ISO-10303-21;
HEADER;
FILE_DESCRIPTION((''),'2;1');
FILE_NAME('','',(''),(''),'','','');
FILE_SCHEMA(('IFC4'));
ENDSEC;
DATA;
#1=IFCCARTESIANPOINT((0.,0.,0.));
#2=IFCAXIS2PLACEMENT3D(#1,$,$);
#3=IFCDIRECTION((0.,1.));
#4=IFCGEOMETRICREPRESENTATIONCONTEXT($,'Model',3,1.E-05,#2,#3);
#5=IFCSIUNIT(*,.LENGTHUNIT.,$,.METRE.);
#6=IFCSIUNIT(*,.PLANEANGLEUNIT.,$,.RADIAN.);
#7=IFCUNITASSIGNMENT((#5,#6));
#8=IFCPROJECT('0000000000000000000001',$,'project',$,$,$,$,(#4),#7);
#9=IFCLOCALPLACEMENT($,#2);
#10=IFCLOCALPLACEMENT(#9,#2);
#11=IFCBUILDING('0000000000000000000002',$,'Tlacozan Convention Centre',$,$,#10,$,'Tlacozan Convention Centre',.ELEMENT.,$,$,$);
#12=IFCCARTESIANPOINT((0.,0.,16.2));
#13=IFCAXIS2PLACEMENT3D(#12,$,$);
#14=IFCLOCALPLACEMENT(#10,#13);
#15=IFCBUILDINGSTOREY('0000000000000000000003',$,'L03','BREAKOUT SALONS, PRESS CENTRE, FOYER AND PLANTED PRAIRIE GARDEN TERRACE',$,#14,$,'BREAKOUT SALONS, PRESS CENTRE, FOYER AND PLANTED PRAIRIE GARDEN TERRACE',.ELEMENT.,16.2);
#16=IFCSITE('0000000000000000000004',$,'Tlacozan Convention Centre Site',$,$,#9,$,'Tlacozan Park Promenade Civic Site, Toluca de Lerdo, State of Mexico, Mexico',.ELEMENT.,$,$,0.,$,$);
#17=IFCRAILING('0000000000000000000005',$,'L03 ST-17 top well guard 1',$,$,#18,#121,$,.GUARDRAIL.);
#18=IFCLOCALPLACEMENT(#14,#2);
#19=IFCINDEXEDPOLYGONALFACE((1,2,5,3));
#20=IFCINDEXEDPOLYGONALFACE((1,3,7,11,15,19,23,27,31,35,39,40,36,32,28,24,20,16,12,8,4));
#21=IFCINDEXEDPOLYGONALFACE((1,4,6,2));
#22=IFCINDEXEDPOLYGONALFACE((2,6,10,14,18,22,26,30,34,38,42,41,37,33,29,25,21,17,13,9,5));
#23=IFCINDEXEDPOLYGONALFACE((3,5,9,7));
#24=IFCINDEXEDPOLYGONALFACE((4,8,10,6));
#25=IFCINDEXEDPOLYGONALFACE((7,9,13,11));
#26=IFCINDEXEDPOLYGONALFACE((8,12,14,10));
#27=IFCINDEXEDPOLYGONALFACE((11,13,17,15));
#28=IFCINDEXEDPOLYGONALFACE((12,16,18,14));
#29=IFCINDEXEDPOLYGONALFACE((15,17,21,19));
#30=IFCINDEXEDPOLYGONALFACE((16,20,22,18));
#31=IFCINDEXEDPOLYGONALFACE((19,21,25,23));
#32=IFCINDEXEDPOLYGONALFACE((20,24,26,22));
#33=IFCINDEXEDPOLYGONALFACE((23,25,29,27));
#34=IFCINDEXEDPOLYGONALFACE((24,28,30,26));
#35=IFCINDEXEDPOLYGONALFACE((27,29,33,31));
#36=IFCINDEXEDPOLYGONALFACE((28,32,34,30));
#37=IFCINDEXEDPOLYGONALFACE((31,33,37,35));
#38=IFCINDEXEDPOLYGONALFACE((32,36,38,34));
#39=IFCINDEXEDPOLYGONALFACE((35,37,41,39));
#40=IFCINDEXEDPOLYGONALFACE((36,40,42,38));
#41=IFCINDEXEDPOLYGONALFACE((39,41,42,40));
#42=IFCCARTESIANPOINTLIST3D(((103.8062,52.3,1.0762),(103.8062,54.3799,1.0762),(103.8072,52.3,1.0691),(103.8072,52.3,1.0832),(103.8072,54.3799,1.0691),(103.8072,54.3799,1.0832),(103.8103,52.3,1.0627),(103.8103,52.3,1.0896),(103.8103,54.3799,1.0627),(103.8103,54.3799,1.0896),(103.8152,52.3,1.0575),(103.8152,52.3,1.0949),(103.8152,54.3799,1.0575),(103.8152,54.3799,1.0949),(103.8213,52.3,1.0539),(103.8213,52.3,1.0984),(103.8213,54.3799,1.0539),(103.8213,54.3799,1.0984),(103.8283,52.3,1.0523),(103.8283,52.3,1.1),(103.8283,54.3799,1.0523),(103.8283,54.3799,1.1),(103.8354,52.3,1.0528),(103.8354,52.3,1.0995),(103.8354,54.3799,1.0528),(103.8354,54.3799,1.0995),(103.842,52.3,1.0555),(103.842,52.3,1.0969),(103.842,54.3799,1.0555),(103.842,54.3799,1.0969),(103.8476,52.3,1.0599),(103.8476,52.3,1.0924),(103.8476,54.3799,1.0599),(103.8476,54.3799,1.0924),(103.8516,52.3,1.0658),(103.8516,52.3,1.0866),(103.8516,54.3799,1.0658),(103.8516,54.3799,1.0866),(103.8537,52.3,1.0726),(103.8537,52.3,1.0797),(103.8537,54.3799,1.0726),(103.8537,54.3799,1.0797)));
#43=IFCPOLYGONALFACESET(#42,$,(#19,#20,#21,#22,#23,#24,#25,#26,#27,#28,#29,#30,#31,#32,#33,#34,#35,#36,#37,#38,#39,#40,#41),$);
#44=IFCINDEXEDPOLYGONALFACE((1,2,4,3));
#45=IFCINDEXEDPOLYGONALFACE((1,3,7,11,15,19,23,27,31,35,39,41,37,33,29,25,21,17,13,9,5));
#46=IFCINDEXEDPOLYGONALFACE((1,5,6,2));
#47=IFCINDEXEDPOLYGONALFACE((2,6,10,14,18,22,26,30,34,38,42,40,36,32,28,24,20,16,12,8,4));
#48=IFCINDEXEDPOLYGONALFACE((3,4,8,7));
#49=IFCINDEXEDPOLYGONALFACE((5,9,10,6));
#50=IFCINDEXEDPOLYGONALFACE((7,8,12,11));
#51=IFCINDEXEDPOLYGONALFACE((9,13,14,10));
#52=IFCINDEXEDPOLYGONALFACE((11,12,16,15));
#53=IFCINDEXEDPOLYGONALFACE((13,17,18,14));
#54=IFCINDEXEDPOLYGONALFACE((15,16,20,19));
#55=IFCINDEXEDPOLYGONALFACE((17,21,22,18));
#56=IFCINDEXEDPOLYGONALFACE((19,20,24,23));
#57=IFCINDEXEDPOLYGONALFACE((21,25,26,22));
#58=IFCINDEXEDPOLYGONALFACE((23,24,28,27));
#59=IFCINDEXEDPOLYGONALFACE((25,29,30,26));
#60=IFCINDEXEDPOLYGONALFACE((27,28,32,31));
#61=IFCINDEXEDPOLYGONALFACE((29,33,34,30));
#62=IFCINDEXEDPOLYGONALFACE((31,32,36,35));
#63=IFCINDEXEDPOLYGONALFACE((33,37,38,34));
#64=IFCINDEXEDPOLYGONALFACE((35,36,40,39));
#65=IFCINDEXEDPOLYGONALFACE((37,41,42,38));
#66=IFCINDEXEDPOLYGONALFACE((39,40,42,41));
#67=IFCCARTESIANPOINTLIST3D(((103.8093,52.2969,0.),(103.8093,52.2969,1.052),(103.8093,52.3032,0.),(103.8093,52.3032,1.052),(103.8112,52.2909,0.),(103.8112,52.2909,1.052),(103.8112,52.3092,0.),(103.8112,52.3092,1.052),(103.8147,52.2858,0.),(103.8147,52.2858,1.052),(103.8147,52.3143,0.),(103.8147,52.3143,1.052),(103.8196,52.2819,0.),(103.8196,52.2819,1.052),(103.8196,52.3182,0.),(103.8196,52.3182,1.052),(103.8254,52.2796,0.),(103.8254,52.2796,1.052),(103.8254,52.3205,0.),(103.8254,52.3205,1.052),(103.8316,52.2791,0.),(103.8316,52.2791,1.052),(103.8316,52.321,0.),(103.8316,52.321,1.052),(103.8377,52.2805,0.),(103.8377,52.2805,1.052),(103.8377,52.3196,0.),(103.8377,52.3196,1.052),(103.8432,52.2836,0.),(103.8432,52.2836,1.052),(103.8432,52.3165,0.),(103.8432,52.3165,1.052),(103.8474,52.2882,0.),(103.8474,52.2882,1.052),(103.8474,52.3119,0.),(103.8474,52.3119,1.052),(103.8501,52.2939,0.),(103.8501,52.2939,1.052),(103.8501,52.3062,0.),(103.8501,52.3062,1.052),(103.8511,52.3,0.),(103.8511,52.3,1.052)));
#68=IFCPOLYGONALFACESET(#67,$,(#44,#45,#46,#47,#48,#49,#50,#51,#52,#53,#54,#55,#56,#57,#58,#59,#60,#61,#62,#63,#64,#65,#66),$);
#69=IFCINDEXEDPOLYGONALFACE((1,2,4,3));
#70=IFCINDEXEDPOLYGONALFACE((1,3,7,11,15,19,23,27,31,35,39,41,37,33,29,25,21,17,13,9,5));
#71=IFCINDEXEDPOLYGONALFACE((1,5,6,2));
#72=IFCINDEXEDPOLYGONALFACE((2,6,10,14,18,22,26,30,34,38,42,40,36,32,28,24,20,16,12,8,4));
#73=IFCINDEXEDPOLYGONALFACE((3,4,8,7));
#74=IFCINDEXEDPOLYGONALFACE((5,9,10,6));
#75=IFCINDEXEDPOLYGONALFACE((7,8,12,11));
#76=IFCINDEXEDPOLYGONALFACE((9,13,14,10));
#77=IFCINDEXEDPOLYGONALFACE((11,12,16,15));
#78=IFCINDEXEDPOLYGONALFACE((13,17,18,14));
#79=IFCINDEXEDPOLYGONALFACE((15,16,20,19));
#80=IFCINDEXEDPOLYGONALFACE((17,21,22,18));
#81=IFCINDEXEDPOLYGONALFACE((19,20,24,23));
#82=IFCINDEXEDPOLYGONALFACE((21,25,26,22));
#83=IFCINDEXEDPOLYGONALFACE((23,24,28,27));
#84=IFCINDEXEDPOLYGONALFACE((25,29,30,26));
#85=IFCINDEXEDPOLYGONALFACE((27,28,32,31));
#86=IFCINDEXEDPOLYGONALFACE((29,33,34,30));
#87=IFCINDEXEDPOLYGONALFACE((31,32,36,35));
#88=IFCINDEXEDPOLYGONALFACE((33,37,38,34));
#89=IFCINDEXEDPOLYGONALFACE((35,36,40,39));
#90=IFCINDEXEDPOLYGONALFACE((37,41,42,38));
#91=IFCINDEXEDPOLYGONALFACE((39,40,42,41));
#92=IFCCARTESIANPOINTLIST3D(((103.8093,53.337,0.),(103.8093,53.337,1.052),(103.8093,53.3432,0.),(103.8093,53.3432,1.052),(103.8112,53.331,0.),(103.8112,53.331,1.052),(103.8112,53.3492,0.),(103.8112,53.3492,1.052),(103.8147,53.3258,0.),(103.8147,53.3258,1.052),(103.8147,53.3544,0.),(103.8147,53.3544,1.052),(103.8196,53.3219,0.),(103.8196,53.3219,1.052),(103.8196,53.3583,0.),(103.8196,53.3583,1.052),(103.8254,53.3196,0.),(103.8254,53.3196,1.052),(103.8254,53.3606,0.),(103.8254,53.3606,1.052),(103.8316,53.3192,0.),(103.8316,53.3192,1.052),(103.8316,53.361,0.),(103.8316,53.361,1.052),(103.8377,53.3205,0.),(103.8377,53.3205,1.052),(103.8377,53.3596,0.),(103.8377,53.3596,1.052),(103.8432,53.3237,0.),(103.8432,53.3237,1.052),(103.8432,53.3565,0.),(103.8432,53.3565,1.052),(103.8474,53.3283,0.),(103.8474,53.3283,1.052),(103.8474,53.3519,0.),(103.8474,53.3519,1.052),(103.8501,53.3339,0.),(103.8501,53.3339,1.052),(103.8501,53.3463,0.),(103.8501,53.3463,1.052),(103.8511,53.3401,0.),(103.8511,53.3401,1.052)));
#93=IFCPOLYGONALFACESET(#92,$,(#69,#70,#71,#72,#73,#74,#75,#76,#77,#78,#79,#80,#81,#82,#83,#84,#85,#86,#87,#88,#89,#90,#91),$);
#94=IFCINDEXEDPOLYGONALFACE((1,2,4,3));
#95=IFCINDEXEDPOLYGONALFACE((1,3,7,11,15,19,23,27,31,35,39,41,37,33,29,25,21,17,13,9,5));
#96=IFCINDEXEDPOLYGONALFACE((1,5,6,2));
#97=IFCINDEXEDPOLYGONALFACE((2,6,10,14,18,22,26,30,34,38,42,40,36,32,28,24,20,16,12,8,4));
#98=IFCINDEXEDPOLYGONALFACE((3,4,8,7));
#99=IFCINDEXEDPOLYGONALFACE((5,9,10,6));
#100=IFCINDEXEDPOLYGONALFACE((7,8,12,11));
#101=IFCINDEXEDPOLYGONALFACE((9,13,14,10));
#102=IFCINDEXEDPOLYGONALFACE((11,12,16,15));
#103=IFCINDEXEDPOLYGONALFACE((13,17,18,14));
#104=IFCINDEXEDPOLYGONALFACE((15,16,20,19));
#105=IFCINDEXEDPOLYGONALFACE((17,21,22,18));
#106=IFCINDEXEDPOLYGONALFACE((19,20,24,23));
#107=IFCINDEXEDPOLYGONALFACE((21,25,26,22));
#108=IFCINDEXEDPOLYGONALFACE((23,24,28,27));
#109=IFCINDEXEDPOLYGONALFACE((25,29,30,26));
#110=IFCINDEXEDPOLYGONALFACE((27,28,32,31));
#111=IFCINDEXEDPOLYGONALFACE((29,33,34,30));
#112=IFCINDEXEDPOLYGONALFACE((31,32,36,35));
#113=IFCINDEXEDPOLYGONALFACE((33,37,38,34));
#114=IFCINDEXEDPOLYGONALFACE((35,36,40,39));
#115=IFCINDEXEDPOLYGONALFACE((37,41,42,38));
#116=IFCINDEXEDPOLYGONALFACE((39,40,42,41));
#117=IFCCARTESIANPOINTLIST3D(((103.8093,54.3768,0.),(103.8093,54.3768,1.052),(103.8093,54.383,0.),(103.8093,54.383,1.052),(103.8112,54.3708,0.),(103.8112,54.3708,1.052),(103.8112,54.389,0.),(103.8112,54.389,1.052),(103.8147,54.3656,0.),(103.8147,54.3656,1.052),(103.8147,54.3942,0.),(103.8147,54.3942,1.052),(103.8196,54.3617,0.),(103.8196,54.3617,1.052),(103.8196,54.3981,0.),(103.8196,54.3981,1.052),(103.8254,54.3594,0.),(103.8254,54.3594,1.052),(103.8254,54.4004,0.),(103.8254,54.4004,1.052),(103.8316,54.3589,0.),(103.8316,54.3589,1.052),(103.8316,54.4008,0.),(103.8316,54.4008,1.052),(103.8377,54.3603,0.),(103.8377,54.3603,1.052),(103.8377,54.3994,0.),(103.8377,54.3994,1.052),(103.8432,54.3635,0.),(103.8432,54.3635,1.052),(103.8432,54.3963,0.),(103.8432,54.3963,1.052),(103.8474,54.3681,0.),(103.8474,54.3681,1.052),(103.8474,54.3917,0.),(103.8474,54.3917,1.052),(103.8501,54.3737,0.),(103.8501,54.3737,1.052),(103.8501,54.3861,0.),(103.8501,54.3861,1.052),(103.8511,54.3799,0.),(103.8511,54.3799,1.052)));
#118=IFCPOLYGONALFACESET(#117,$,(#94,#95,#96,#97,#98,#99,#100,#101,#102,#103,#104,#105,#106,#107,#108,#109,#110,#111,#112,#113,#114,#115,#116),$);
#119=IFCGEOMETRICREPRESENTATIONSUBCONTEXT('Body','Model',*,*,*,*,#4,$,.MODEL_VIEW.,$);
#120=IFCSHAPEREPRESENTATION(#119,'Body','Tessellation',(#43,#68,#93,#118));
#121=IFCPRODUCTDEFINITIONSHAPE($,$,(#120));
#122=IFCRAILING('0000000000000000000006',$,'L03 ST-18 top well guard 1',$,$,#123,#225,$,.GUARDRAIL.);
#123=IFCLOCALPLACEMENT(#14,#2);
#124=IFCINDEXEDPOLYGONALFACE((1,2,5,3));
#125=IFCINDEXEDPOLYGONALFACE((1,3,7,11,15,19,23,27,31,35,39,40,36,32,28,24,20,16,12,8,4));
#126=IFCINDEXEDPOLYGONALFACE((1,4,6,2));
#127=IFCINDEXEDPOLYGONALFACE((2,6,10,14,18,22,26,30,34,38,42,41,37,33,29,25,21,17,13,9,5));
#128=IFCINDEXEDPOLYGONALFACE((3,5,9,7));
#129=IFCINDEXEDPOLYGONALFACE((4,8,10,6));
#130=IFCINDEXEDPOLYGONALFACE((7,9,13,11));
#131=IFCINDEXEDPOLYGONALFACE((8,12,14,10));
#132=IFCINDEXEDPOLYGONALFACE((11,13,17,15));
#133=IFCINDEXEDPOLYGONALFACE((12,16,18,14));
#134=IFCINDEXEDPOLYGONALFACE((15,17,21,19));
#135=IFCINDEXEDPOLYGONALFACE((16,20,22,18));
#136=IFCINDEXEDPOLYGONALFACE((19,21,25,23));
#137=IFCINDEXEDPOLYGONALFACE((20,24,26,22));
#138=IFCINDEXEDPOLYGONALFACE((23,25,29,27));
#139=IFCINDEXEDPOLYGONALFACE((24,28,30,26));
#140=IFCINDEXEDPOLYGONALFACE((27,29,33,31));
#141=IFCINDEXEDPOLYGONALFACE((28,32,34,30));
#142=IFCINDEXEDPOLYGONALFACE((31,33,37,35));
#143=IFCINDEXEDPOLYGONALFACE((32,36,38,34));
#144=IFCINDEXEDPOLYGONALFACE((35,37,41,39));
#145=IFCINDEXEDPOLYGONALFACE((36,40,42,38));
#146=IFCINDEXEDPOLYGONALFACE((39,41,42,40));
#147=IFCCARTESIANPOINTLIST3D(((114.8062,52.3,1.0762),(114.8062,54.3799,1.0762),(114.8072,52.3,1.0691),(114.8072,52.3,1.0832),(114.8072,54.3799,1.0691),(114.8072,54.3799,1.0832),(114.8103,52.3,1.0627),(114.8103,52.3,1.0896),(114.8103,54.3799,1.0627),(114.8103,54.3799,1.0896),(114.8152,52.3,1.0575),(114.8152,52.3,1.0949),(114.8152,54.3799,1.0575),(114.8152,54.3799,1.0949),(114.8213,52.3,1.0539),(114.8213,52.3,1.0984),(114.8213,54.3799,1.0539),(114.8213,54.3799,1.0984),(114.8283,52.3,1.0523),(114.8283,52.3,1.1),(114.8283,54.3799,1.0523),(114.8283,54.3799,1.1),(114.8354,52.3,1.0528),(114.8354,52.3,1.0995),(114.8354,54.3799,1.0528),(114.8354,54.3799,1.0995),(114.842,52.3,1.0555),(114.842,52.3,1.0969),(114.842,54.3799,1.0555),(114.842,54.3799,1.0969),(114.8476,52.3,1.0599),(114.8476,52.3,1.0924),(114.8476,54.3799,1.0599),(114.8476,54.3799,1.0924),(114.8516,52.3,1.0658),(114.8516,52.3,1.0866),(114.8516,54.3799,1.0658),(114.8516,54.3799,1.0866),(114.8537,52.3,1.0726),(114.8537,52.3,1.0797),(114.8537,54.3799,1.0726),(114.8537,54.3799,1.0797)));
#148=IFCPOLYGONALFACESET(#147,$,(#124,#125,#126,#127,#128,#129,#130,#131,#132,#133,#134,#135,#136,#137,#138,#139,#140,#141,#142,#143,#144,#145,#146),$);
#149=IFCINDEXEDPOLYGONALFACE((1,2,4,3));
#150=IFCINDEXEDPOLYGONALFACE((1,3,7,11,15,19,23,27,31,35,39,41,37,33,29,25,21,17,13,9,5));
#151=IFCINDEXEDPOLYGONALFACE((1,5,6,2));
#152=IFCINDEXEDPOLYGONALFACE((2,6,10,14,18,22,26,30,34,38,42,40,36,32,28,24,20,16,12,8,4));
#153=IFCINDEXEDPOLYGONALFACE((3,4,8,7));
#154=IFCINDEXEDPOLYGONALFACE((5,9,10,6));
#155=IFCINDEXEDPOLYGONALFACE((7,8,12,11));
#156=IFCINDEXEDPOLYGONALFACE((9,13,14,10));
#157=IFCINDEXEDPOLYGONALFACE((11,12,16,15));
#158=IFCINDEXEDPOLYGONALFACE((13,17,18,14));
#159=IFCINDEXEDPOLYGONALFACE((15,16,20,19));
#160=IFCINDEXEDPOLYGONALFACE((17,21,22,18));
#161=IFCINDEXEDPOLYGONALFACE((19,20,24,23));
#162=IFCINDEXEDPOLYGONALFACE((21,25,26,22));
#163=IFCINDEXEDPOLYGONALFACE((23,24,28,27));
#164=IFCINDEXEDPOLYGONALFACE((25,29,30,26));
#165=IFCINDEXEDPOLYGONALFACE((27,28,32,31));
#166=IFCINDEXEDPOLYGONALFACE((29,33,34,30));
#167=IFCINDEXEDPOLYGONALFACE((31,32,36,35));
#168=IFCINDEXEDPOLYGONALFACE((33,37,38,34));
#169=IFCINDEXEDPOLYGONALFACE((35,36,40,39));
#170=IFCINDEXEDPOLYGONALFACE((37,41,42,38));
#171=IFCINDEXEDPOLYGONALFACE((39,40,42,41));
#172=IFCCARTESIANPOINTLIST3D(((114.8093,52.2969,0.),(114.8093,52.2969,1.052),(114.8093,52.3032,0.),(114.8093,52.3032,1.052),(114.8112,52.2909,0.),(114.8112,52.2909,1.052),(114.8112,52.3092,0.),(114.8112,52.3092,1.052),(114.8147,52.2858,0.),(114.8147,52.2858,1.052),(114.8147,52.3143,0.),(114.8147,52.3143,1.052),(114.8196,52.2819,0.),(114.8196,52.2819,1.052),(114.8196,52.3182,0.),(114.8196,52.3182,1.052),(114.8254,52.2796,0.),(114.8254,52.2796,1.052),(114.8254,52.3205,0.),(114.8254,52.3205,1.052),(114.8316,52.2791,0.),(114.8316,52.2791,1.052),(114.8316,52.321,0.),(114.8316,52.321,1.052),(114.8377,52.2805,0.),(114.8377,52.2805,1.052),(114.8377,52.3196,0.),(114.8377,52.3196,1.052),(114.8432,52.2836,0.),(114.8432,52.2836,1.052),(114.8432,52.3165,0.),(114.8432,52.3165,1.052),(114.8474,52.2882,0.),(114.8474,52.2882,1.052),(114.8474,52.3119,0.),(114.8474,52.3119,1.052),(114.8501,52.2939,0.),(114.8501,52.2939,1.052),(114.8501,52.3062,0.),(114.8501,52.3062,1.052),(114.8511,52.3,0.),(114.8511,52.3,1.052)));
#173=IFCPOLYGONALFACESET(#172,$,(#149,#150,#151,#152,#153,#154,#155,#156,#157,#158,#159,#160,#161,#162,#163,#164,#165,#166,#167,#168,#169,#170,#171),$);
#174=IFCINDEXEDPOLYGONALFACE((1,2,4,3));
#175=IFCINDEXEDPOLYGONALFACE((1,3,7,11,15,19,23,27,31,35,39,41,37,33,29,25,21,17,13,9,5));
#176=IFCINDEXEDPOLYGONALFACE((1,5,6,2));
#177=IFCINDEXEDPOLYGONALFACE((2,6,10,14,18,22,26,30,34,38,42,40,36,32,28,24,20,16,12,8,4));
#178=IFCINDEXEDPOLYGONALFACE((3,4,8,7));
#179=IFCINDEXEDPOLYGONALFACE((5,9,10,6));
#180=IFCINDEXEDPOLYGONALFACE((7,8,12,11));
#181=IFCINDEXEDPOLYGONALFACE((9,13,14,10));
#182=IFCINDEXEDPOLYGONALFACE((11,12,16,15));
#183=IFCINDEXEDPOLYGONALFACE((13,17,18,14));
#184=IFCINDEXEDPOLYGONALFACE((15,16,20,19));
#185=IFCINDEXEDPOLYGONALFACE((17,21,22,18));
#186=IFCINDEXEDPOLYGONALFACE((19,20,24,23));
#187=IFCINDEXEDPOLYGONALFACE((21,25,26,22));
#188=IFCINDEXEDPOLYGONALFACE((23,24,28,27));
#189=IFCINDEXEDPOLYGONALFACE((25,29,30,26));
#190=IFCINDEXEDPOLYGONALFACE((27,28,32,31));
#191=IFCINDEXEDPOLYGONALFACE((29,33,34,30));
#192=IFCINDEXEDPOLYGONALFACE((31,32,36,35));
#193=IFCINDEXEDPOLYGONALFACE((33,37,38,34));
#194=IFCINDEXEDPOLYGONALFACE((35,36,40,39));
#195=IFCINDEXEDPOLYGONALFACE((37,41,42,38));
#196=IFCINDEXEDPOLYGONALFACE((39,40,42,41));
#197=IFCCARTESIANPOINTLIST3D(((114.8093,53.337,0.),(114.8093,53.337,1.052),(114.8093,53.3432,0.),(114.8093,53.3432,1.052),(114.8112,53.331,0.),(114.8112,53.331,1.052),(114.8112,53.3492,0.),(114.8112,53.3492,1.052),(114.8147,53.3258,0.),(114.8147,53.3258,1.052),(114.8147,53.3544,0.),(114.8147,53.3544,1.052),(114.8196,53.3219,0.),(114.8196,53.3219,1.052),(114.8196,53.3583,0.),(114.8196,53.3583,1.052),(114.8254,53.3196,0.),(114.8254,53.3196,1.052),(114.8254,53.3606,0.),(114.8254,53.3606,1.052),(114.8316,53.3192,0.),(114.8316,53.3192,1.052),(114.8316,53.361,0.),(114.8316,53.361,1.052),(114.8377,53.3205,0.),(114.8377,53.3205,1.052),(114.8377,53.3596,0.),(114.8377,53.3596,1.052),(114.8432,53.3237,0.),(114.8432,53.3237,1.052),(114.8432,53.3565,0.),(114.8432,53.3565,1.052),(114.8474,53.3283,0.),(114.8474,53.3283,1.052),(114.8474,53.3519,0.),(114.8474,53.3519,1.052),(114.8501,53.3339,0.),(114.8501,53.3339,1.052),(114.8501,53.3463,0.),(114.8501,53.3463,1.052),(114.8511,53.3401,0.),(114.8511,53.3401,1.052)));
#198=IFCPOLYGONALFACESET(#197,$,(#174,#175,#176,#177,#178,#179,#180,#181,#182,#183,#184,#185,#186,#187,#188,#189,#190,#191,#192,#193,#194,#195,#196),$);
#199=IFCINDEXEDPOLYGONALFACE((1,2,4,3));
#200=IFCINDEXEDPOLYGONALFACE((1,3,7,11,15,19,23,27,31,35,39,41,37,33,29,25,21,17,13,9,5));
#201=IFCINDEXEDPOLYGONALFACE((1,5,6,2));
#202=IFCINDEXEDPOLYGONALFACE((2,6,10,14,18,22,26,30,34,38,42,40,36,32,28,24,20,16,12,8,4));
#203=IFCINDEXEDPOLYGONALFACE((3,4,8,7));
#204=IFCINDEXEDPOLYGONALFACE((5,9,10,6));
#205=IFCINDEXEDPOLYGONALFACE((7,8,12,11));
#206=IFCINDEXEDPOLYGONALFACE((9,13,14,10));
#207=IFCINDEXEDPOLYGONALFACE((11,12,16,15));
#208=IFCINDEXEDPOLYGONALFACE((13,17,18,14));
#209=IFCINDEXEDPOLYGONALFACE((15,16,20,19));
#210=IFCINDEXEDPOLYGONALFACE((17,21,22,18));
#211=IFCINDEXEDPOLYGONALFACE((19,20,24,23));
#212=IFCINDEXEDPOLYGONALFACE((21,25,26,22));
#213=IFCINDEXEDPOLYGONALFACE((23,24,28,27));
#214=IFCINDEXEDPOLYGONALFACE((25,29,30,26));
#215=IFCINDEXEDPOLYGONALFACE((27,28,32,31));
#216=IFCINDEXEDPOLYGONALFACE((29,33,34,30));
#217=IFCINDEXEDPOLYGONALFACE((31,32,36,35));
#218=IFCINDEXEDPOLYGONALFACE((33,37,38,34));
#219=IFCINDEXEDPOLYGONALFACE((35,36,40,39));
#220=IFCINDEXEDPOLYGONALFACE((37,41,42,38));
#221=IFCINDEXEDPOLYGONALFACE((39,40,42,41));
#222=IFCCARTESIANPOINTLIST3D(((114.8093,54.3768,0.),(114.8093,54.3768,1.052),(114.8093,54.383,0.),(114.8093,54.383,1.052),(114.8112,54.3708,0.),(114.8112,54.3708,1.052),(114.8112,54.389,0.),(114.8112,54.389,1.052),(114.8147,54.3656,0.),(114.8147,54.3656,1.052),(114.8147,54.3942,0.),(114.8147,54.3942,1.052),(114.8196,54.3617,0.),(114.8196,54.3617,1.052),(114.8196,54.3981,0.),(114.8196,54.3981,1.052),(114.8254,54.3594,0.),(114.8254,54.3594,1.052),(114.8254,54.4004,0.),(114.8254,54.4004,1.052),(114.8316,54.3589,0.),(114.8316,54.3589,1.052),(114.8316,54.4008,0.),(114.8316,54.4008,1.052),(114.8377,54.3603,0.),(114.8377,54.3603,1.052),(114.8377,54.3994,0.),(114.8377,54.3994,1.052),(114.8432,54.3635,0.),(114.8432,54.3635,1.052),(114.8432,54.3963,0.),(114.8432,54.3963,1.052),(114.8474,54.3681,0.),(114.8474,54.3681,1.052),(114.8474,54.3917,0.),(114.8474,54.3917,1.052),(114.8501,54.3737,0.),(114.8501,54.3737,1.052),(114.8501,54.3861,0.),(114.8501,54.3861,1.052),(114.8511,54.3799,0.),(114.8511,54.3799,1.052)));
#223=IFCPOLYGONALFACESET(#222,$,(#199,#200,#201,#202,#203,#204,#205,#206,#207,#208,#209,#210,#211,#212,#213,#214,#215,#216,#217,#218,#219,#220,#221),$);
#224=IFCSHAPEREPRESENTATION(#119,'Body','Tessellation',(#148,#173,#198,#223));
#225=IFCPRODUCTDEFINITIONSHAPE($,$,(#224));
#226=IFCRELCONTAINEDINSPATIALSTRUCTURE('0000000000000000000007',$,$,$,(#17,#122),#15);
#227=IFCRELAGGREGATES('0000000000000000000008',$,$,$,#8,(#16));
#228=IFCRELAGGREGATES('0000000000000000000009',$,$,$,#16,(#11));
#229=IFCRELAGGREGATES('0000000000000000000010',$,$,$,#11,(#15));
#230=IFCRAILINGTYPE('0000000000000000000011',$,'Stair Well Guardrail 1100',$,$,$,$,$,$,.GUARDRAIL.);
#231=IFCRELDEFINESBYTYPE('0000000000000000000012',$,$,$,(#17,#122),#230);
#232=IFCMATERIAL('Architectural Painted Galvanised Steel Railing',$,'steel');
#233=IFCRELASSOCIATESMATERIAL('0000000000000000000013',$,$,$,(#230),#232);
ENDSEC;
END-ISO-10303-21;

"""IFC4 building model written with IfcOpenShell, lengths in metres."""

from ifc_helpers import new_model, si_unit, direction, frame, origin, origin_2d, place, context, subcontext, project, spatial, circle, extrude, material, type_object, element, save


model = new_model("IFC4")

# Units and contexts
model_context = context("Model", 3, precision=1e-05, world=origin(), true_north=direction((0.0, 1.0)))
body_context = subcontext(model_context, "Body", "Model", "MODEL_VIEW")
ifc_project = project(units=[si_unit("LENGTHUNIT", "METRE"), si_unit("PLANEANGLEUNIT", "RADIAN")], contexts=[model_context])

# Site, building, storey
site_placement = place(None, origin())
site = spatial("IfcSite", under=ifc_project, at=site_placement, Name="Tlacozan Convention Centre Site", LongName="Tlacozan Park Promenade Civic Site, Toluca de Lerdo, State of Mexico, Mexico", CompositionType="ELEMENT", RefElevation=0.0)
building_placement = place(site_placement, origin())
building = spatial("IfcBuilding", under=site, at=building_placement, Name="Tlacozan Convention Centre", LongName="Tlacozan Convention Centre", CompositionType="ELEMENT")
storey_placement = place(building_placement, frame((0.0, 0.0, 16.2)))
storey = spatial("IfcBuildingStorey", under=building, at=storey_placement, Name="L03", Description="BREAKOUT SALONS, PRESS CENTRE, FOYER AND PLANTED PRAIRIE GARDEN TERRACE", LongName="BREAKOUT SALONS, PRESS CENTRE, FOYER AND PLANTED PRAIRIE GARDEN TERRACE", CompositionType="ELEMENT", Elevation=16.2)

# Railings
ifc_material_1 = material(Name="Architectural Painted Galvanised Steel Railing", Category="steel")
railing_type = type_object("IfcRailingType", Name="Stair Well Guardrail 1100", PredefinedType="GUARDRAIL", material=ifc_material_1)
for number, where, name in (
    (1, (103.8301, 52.3, 0.0), "L03 ST-17 top well guard 1"),
    (2, (114.8301, 52.3, 0.0), "L03 ST-18 top well guard 1"),
):
    element("IfcRailing", number, at=place(storey_placement, frame(where)), inside=storey, type_object=railing_type, Name=name, PredefinedType="GUARDRAIL", context=body_context, shape_type="SweptSolid", body=[
        extrude(circle(Radius=0.0239, at=origin_2d()), frame((0.0, 0.0, 1.0762), z_axis=(0.0, 1.0, 0.0), x_axis=(-1.0, 0.0, 0.0)), (0.0, 0.0, 1.0), 2.0798),
        extrude(circle(Radius=0.021, at=origin_2d()), origin(), (0.0, 0.0, 1.0), 1.052),
        extrude(circle(Radius=0.021, at=origin_2d()), frame((0.0, 1.04, 0.0)), (0.0, 0.0, 1.0), 1.052),
        extrude(circle(Radius=0.021, at=origin_2d()), frame((0.0, 2.0798, 0.0)), (0.0, 0.0, 1.0), 1.052),
    ])

save(model, "model.ifc")
